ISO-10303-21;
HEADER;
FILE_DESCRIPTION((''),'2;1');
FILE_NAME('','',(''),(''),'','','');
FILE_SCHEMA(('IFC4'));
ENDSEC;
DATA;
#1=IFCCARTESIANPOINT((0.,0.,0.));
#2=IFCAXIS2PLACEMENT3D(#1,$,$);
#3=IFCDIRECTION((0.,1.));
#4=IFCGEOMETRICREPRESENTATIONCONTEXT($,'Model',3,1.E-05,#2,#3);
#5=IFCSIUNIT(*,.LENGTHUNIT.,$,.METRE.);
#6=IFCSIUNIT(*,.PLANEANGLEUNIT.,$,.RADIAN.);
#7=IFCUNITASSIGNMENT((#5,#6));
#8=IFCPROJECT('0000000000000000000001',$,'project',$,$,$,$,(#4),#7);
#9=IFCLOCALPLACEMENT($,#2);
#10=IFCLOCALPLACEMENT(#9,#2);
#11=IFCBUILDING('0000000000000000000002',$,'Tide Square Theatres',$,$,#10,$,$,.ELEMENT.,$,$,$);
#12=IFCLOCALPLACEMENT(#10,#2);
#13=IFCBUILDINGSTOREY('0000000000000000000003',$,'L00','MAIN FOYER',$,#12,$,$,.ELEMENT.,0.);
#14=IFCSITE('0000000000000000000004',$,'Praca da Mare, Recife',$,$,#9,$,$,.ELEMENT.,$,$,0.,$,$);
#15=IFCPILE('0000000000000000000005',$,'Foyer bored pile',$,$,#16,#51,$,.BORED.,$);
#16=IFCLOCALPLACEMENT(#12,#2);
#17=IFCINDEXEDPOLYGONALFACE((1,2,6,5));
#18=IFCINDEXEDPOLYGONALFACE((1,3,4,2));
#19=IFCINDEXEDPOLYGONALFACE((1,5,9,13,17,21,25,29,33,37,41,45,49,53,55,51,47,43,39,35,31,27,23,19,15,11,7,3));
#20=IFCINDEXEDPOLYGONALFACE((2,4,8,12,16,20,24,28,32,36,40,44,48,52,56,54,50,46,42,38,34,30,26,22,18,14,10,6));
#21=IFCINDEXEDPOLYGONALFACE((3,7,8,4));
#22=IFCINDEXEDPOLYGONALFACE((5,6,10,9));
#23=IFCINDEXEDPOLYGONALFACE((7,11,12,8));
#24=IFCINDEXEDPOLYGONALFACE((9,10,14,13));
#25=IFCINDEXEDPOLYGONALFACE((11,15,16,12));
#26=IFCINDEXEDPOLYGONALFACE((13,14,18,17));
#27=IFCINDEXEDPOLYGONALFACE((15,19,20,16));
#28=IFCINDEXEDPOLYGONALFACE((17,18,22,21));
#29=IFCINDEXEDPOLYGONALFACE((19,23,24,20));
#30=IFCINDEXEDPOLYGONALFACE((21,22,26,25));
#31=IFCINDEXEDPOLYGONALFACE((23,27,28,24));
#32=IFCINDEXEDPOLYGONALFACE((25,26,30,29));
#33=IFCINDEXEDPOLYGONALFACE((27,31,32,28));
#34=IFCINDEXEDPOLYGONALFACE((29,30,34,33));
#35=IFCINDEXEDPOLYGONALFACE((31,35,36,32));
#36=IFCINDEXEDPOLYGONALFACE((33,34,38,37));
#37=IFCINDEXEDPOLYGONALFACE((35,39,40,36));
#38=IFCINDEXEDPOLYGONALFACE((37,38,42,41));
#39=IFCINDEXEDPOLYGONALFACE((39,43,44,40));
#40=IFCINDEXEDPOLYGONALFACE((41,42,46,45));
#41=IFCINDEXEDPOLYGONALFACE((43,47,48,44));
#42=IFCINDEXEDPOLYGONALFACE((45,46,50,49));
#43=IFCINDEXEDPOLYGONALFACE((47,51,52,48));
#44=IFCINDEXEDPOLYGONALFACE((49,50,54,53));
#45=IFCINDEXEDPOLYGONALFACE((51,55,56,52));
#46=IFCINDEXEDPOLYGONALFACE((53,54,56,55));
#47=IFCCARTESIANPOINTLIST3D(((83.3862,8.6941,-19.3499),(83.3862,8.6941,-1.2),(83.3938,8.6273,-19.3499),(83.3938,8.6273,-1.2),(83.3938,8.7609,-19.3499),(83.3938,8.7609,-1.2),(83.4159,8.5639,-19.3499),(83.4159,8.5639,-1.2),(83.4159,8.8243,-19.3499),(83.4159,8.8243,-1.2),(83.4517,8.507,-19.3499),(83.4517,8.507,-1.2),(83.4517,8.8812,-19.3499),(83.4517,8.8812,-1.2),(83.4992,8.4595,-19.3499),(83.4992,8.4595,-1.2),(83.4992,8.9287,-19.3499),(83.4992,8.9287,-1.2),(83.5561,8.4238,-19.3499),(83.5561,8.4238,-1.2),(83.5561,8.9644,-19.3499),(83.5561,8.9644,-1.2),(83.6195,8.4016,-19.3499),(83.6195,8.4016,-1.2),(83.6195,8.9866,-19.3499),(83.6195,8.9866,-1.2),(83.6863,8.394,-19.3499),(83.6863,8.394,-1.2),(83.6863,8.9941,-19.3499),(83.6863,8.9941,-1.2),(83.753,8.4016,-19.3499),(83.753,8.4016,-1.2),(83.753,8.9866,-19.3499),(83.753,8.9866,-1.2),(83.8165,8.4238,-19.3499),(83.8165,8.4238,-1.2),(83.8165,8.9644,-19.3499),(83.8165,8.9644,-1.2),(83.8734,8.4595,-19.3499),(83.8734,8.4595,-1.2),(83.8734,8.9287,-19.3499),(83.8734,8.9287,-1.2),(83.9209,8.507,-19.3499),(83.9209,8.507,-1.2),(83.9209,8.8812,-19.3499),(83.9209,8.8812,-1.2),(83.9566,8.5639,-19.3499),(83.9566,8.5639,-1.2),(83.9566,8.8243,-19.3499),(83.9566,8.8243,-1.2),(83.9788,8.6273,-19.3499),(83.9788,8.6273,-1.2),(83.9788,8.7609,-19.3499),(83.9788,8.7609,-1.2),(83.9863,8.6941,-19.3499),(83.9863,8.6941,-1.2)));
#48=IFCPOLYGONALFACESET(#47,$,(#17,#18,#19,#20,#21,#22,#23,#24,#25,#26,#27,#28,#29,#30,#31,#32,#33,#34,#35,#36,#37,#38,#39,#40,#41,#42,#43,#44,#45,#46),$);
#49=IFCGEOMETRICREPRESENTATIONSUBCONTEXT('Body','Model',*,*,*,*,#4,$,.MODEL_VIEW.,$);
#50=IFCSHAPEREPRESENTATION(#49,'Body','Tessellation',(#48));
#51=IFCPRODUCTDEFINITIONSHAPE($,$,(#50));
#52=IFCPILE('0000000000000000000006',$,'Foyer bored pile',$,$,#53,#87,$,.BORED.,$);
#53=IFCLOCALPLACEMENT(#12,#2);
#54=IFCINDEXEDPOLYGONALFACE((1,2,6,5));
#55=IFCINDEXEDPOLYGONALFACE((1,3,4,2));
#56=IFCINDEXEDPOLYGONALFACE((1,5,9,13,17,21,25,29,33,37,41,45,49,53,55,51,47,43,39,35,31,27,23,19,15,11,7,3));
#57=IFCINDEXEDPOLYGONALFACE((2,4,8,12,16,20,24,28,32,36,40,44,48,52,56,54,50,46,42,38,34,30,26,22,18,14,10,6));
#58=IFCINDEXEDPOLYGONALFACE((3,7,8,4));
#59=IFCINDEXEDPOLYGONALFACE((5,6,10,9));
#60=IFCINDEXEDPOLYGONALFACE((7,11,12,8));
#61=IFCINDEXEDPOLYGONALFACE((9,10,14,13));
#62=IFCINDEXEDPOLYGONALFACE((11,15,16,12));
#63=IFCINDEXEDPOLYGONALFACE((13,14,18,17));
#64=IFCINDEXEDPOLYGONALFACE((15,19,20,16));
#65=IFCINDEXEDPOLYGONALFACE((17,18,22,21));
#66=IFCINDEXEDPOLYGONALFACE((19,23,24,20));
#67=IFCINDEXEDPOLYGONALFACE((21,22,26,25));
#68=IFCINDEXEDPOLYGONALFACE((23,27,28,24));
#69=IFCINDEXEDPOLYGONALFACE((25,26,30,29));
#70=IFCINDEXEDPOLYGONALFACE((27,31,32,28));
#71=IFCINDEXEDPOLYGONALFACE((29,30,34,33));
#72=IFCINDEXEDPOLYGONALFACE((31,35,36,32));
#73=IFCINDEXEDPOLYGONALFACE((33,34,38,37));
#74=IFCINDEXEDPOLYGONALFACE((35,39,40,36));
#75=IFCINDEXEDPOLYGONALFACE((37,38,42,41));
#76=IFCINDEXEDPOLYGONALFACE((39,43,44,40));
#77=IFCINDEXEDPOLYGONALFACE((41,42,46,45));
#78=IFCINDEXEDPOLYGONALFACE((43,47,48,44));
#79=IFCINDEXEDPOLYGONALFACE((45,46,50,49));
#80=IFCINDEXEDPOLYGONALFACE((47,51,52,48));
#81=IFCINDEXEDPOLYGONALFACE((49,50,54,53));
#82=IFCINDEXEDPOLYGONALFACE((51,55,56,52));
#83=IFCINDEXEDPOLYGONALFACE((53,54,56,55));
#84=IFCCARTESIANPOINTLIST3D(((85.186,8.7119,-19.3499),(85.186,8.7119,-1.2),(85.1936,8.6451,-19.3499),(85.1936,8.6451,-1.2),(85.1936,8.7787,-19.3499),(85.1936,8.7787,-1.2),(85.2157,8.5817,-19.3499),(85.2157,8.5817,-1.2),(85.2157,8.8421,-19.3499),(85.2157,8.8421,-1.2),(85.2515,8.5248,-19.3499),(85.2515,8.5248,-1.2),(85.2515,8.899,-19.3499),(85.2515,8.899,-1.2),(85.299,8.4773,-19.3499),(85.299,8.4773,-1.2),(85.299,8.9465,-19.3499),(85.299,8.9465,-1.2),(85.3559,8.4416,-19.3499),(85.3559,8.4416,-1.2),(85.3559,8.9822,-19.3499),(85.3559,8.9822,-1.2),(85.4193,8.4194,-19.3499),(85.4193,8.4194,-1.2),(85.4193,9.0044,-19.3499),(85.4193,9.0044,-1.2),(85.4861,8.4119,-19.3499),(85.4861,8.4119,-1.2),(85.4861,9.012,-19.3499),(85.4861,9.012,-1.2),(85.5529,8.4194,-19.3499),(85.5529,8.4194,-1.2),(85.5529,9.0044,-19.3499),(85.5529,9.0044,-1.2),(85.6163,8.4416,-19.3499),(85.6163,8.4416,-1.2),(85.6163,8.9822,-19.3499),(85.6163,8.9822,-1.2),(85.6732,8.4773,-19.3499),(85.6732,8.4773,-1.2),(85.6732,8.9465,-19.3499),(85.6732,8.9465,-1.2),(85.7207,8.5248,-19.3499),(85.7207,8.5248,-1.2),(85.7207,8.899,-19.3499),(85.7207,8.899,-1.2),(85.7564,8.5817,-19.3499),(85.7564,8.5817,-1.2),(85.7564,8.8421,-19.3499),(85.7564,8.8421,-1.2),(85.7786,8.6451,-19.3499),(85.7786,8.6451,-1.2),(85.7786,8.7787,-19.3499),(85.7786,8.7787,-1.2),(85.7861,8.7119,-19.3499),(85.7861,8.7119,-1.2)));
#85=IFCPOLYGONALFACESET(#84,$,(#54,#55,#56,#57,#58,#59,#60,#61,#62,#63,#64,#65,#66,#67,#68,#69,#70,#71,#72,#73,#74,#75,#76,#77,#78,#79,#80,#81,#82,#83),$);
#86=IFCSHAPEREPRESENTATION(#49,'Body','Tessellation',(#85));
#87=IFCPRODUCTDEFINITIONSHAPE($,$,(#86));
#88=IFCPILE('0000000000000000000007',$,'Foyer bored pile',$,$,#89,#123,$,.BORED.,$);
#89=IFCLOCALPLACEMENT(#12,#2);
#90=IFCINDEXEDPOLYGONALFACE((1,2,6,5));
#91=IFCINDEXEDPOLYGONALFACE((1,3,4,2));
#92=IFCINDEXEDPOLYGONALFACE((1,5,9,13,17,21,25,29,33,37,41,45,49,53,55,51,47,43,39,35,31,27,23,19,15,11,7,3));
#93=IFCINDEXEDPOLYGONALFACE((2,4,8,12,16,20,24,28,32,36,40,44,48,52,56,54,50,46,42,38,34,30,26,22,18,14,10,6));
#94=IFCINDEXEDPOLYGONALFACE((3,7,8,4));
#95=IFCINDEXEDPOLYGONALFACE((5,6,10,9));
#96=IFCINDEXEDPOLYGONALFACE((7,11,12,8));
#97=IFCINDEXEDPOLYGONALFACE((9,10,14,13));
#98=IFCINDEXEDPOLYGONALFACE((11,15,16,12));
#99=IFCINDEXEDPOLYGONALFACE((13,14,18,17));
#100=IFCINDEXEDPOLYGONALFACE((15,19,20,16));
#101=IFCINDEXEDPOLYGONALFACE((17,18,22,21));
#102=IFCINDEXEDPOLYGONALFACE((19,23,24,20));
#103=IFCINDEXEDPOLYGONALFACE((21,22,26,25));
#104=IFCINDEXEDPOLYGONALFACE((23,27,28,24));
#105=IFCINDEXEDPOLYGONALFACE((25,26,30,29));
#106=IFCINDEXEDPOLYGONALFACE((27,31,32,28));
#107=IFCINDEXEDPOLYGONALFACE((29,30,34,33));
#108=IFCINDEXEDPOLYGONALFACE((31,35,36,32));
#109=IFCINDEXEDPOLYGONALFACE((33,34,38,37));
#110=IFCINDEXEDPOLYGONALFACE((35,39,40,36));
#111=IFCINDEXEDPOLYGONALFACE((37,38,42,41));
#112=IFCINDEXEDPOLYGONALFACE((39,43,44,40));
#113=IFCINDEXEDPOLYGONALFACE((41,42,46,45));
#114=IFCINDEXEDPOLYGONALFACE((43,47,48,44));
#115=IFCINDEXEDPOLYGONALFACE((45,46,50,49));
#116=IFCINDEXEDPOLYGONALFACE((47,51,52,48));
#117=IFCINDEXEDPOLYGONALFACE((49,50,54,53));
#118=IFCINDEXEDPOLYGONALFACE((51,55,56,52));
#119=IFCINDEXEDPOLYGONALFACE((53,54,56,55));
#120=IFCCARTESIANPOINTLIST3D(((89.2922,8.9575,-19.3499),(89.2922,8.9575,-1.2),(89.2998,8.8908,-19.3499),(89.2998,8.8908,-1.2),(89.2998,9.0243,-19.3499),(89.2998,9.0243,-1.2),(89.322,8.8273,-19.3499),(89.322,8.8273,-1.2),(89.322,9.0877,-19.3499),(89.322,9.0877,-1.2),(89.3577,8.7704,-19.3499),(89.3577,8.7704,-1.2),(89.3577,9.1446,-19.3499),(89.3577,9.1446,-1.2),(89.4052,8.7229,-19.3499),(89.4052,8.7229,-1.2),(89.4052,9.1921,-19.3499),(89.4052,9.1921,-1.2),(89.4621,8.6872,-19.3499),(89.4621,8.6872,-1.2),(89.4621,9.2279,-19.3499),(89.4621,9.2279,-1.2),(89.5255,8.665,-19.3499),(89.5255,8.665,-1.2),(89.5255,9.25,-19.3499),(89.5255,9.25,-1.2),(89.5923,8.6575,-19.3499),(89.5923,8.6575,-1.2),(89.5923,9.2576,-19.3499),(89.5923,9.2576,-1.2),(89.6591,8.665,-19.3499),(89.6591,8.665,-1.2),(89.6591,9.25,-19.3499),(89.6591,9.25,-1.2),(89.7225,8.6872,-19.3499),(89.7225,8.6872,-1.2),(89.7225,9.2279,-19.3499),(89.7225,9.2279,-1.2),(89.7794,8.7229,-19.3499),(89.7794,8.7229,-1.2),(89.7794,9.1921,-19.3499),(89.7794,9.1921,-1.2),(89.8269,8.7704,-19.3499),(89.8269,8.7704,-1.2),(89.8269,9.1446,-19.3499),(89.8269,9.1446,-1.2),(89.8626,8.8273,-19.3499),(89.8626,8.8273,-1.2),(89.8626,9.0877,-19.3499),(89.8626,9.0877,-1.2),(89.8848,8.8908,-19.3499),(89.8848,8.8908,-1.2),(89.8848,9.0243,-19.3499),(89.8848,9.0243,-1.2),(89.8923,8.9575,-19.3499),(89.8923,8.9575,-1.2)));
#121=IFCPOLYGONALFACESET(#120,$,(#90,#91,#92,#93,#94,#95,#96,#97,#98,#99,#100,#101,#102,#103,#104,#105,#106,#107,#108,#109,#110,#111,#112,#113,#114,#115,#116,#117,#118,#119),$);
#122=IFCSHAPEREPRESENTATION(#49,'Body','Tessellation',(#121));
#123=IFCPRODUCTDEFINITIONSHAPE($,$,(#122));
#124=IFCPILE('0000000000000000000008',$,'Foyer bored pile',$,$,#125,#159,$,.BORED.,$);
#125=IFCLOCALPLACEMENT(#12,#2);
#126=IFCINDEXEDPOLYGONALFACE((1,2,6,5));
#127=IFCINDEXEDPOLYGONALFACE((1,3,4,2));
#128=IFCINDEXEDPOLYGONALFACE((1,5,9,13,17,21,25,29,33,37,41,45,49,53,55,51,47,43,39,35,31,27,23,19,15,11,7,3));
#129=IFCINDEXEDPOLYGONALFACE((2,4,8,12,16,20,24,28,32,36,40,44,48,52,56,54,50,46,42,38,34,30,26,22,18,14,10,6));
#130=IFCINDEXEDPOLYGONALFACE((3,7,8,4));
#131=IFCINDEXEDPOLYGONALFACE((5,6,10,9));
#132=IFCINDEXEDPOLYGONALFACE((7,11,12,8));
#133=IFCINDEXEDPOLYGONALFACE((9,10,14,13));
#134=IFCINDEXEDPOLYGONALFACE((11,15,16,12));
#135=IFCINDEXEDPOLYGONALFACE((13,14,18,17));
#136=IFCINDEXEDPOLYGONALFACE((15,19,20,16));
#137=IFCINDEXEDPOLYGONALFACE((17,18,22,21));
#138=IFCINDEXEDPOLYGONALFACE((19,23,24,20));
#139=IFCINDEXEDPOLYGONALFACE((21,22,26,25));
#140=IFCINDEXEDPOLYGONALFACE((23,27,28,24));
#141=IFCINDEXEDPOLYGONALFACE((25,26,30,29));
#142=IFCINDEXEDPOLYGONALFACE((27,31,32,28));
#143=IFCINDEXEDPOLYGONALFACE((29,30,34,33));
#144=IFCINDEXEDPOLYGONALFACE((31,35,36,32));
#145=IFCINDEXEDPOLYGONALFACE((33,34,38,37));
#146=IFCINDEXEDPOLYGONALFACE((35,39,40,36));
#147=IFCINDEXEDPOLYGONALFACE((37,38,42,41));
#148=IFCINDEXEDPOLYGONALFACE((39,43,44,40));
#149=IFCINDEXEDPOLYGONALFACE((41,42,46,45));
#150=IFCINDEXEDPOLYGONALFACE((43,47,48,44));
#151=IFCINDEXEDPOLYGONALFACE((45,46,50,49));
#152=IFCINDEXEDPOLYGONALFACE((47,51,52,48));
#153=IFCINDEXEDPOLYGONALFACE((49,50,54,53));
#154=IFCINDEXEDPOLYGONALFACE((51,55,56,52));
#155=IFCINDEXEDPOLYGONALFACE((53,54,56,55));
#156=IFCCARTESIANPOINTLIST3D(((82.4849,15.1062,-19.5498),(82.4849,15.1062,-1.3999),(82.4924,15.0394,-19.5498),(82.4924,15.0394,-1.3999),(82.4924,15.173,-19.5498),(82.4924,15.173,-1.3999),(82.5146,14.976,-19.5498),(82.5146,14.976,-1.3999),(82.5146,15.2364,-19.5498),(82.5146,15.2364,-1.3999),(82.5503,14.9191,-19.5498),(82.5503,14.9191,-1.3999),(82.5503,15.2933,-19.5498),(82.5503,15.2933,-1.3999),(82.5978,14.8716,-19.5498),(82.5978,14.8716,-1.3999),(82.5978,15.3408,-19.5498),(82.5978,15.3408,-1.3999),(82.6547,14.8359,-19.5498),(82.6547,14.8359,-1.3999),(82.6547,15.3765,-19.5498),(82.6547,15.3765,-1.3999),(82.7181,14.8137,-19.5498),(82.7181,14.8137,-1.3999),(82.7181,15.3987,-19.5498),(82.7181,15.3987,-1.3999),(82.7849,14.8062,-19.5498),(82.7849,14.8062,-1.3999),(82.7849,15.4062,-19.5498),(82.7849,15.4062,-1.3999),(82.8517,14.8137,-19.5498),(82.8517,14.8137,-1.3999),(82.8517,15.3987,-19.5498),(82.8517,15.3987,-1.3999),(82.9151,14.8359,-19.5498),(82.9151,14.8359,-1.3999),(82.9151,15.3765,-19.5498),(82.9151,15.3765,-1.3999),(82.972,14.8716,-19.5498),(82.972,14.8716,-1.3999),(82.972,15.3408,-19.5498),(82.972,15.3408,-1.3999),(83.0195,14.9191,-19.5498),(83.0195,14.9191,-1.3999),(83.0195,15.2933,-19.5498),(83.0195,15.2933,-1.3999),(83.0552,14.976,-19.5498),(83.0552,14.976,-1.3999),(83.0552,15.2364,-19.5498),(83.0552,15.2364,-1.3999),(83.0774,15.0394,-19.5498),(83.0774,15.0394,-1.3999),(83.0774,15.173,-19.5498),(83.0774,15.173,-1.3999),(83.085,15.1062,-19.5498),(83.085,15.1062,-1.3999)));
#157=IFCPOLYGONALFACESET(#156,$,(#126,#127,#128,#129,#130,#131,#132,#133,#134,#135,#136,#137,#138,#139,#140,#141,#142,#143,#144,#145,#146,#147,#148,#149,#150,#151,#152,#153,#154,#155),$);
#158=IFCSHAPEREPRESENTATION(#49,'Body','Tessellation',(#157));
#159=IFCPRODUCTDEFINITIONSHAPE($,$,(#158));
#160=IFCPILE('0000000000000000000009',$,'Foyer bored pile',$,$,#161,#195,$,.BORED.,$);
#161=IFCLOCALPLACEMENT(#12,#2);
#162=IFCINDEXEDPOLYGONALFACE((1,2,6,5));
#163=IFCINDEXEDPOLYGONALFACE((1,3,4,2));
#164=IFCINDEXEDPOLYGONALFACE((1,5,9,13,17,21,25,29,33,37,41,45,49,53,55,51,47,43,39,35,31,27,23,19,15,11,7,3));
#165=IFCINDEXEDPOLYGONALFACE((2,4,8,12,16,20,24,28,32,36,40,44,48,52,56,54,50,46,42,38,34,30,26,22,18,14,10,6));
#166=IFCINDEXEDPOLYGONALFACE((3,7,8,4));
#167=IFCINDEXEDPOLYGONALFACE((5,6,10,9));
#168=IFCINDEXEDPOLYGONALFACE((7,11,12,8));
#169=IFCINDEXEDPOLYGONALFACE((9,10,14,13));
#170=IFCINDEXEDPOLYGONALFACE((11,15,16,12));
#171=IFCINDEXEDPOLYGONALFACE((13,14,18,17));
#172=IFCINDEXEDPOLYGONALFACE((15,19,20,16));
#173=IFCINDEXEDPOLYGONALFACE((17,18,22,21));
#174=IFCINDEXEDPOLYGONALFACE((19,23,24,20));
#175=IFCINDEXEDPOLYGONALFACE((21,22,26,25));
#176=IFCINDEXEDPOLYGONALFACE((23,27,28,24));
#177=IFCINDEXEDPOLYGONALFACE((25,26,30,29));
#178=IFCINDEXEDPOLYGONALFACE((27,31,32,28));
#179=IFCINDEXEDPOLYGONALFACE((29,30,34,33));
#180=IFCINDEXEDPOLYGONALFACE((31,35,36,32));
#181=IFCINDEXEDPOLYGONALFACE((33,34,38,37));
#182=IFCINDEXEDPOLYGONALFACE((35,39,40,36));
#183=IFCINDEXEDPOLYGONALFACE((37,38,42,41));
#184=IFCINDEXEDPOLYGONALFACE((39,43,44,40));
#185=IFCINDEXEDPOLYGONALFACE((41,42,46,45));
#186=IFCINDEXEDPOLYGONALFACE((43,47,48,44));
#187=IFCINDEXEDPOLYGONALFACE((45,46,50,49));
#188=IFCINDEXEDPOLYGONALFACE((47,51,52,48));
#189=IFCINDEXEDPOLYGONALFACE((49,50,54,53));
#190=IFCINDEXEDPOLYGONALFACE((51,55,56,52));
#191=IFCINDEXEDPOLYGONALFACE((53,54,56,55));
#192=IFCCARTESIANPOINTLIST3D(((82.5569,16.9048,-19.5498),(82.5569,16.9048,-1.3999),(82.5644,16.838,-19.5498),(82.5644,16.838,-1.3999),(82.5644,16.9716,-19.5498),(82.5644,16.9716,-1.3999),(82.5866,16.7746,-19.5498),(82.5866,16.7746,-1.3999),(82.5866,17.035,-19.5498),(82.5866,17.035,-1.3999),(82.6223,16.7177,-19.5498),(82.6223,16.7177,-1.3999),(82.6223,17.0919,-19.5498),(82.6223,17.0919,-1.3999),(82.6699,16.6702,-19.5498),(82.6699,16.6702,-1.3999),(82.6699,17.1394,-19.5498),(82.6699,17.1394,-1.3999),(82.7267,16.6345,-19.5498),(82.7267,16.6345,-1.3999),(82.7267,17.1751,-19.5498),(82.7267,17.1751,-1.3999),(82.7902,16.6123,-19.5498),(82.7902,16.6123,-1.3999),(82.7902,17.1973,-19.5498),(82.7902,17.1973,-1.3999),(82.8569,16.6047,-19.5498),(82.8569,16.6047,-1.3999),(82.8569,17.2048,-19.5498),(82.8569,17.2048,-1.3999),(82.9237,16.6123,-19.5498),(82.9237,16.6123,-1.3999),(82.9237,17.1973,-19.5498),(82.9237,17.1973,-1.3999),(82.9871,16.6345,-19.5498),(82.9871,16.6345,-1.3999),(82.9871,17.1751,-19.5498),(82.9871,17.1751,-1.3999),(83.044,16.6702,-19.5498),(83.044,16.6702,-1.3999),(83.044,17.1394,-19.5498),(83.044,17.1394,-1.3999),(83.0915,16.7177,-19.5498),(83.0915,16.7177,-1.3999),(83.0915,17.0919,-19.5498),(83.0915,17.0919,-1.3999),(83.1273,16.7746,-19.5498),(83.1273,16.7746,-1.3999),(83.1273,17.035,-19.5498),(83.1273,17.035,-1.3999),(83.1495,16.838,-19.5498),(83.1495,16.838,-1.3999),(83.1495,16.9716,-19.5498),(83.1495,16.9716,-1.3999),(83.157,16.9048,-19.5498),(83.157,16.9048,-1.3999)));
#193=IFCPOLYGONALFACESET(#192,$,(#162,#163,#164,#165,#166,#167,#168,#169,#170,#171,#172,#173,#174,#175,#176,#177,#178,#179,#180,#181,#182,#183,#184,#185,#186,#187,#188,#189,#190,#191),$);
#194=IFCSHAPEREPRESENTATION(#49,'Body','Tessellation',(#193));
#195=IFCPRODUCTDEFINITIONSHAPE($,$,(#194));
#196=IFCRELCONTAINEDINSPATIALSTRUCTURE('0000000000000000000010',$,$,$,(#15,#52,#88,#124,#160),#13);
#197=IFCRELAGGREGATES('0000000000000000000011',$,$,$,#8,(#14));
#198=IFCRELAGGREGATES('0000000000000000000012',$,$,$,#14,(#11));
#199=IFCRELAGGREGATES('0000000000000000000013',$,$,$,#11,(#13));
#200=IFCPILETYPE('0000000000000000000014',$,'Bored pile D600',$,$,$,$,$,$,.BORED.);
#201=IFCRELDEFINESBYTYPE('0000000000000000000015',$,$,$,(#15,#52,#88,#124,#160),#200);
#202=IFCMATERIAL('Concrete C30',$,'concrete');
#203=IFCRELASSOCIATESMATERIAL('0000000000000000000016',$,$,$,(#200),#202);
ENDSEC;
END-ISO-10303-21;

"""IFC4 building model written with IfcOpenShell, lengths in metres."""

from ifc_helpers import new_model, si_unit, direction, frame, origin, origin_2d, place, context, subcontext, project, spatial, circle, extrude, material, material_profile, profile_set, type_object, element, save


model = new_model("IFC4")

# Units and contexts
model_context = context("Model", 3, precision=1e-05, world=origin(), true_north=direction((0.0, 1.0)))
body_context = subcontext(model_context, "Body", "Model", "MODEL_VIEW")
ifc_project = project(units=[si_unit("LENGTHUNIT", "METRE"), si_unit("PLANEANGLEUNIT", "RADIAN")], contexts=[model_context])

# Site, building, storey
site_placement = place(None, origin())
site = spatial("IfcSite", under=ifc_project, at=site_placement, Name="Praca da Mare, Recife", CompositionType="ELEMENT", RefElevation=0.0)
building_placement = place(site_placement, origin())
building = spatial("IfcBuilding", under=site, at=building_placement, Name="Tide Square Theatres", CompositionType="ELEMENT")
storey_placement = place(building_placement, origin())
storey = spatial("IfcBuildingStorey", under=building, at=storey_placement, Name="L00", Description="MAIN FOYER", CompositionType="ELEMENT", Elevation=0.0)

# Piles
ifc_material_1 = material(Name="Concrete C30", Category="concrete")
ifc_material_profile_1 = material_profile(ifc_material_1, circle(Radius=0.3, at=origin_2d()))
ifc_profile_set_1 = profile_set([ifc_material_profile_1], Name="Concrete C30")
pile_type = type_object("IfcPileType", Name="Bored pile D600", PredefinedType="BORED", material=ifc_profile_set_1)
for number, where, z_axis, x_axis, name in (
    (1, (83.6863, 8.6941, -1.2), (0.0, 0.0, -1.0), (1.0, 0.0, 0.0), "Foyer bored pile"),
    (2, (85.4861, 8.7119, -1.2), (0.0, 0.0, -1.0), (1.0, 0.0, 0.0), "Foyer bored pile"),
    (3, (89.5923, 8.9575, -1.2), (0.0, 0.0, -1.0), (1.0, 0.0, 0.0), "Foyer bored pile"),
    (4, (82.7849, 15.1062, -1.3999), (0.0, 0.0, -1.0), (1.0, 0.0, 0.0), "Foyer bored pile"),
    (5, (82.8569, 16.9048, -1.3999), (0.0, 0.0, -1.0), (1.0, 0.0, 0.0), "Foyer bored pile"),
):
    element("IfcPile", number, at=place(storey_placement, frame(where, z_axis=z_axis, x_axis=x_axis)), inside=storey, type_object=pile_type, Name=name, PredefinedType="BORED", context=body_context, shape_type="SweptSolid", body=[
        extrude(circle(Radius=0.3, at=origin_2d()), origin(), (0.0, 0.0, 1.0), 18.1499),
    ])

save(model, "model.ifc")
